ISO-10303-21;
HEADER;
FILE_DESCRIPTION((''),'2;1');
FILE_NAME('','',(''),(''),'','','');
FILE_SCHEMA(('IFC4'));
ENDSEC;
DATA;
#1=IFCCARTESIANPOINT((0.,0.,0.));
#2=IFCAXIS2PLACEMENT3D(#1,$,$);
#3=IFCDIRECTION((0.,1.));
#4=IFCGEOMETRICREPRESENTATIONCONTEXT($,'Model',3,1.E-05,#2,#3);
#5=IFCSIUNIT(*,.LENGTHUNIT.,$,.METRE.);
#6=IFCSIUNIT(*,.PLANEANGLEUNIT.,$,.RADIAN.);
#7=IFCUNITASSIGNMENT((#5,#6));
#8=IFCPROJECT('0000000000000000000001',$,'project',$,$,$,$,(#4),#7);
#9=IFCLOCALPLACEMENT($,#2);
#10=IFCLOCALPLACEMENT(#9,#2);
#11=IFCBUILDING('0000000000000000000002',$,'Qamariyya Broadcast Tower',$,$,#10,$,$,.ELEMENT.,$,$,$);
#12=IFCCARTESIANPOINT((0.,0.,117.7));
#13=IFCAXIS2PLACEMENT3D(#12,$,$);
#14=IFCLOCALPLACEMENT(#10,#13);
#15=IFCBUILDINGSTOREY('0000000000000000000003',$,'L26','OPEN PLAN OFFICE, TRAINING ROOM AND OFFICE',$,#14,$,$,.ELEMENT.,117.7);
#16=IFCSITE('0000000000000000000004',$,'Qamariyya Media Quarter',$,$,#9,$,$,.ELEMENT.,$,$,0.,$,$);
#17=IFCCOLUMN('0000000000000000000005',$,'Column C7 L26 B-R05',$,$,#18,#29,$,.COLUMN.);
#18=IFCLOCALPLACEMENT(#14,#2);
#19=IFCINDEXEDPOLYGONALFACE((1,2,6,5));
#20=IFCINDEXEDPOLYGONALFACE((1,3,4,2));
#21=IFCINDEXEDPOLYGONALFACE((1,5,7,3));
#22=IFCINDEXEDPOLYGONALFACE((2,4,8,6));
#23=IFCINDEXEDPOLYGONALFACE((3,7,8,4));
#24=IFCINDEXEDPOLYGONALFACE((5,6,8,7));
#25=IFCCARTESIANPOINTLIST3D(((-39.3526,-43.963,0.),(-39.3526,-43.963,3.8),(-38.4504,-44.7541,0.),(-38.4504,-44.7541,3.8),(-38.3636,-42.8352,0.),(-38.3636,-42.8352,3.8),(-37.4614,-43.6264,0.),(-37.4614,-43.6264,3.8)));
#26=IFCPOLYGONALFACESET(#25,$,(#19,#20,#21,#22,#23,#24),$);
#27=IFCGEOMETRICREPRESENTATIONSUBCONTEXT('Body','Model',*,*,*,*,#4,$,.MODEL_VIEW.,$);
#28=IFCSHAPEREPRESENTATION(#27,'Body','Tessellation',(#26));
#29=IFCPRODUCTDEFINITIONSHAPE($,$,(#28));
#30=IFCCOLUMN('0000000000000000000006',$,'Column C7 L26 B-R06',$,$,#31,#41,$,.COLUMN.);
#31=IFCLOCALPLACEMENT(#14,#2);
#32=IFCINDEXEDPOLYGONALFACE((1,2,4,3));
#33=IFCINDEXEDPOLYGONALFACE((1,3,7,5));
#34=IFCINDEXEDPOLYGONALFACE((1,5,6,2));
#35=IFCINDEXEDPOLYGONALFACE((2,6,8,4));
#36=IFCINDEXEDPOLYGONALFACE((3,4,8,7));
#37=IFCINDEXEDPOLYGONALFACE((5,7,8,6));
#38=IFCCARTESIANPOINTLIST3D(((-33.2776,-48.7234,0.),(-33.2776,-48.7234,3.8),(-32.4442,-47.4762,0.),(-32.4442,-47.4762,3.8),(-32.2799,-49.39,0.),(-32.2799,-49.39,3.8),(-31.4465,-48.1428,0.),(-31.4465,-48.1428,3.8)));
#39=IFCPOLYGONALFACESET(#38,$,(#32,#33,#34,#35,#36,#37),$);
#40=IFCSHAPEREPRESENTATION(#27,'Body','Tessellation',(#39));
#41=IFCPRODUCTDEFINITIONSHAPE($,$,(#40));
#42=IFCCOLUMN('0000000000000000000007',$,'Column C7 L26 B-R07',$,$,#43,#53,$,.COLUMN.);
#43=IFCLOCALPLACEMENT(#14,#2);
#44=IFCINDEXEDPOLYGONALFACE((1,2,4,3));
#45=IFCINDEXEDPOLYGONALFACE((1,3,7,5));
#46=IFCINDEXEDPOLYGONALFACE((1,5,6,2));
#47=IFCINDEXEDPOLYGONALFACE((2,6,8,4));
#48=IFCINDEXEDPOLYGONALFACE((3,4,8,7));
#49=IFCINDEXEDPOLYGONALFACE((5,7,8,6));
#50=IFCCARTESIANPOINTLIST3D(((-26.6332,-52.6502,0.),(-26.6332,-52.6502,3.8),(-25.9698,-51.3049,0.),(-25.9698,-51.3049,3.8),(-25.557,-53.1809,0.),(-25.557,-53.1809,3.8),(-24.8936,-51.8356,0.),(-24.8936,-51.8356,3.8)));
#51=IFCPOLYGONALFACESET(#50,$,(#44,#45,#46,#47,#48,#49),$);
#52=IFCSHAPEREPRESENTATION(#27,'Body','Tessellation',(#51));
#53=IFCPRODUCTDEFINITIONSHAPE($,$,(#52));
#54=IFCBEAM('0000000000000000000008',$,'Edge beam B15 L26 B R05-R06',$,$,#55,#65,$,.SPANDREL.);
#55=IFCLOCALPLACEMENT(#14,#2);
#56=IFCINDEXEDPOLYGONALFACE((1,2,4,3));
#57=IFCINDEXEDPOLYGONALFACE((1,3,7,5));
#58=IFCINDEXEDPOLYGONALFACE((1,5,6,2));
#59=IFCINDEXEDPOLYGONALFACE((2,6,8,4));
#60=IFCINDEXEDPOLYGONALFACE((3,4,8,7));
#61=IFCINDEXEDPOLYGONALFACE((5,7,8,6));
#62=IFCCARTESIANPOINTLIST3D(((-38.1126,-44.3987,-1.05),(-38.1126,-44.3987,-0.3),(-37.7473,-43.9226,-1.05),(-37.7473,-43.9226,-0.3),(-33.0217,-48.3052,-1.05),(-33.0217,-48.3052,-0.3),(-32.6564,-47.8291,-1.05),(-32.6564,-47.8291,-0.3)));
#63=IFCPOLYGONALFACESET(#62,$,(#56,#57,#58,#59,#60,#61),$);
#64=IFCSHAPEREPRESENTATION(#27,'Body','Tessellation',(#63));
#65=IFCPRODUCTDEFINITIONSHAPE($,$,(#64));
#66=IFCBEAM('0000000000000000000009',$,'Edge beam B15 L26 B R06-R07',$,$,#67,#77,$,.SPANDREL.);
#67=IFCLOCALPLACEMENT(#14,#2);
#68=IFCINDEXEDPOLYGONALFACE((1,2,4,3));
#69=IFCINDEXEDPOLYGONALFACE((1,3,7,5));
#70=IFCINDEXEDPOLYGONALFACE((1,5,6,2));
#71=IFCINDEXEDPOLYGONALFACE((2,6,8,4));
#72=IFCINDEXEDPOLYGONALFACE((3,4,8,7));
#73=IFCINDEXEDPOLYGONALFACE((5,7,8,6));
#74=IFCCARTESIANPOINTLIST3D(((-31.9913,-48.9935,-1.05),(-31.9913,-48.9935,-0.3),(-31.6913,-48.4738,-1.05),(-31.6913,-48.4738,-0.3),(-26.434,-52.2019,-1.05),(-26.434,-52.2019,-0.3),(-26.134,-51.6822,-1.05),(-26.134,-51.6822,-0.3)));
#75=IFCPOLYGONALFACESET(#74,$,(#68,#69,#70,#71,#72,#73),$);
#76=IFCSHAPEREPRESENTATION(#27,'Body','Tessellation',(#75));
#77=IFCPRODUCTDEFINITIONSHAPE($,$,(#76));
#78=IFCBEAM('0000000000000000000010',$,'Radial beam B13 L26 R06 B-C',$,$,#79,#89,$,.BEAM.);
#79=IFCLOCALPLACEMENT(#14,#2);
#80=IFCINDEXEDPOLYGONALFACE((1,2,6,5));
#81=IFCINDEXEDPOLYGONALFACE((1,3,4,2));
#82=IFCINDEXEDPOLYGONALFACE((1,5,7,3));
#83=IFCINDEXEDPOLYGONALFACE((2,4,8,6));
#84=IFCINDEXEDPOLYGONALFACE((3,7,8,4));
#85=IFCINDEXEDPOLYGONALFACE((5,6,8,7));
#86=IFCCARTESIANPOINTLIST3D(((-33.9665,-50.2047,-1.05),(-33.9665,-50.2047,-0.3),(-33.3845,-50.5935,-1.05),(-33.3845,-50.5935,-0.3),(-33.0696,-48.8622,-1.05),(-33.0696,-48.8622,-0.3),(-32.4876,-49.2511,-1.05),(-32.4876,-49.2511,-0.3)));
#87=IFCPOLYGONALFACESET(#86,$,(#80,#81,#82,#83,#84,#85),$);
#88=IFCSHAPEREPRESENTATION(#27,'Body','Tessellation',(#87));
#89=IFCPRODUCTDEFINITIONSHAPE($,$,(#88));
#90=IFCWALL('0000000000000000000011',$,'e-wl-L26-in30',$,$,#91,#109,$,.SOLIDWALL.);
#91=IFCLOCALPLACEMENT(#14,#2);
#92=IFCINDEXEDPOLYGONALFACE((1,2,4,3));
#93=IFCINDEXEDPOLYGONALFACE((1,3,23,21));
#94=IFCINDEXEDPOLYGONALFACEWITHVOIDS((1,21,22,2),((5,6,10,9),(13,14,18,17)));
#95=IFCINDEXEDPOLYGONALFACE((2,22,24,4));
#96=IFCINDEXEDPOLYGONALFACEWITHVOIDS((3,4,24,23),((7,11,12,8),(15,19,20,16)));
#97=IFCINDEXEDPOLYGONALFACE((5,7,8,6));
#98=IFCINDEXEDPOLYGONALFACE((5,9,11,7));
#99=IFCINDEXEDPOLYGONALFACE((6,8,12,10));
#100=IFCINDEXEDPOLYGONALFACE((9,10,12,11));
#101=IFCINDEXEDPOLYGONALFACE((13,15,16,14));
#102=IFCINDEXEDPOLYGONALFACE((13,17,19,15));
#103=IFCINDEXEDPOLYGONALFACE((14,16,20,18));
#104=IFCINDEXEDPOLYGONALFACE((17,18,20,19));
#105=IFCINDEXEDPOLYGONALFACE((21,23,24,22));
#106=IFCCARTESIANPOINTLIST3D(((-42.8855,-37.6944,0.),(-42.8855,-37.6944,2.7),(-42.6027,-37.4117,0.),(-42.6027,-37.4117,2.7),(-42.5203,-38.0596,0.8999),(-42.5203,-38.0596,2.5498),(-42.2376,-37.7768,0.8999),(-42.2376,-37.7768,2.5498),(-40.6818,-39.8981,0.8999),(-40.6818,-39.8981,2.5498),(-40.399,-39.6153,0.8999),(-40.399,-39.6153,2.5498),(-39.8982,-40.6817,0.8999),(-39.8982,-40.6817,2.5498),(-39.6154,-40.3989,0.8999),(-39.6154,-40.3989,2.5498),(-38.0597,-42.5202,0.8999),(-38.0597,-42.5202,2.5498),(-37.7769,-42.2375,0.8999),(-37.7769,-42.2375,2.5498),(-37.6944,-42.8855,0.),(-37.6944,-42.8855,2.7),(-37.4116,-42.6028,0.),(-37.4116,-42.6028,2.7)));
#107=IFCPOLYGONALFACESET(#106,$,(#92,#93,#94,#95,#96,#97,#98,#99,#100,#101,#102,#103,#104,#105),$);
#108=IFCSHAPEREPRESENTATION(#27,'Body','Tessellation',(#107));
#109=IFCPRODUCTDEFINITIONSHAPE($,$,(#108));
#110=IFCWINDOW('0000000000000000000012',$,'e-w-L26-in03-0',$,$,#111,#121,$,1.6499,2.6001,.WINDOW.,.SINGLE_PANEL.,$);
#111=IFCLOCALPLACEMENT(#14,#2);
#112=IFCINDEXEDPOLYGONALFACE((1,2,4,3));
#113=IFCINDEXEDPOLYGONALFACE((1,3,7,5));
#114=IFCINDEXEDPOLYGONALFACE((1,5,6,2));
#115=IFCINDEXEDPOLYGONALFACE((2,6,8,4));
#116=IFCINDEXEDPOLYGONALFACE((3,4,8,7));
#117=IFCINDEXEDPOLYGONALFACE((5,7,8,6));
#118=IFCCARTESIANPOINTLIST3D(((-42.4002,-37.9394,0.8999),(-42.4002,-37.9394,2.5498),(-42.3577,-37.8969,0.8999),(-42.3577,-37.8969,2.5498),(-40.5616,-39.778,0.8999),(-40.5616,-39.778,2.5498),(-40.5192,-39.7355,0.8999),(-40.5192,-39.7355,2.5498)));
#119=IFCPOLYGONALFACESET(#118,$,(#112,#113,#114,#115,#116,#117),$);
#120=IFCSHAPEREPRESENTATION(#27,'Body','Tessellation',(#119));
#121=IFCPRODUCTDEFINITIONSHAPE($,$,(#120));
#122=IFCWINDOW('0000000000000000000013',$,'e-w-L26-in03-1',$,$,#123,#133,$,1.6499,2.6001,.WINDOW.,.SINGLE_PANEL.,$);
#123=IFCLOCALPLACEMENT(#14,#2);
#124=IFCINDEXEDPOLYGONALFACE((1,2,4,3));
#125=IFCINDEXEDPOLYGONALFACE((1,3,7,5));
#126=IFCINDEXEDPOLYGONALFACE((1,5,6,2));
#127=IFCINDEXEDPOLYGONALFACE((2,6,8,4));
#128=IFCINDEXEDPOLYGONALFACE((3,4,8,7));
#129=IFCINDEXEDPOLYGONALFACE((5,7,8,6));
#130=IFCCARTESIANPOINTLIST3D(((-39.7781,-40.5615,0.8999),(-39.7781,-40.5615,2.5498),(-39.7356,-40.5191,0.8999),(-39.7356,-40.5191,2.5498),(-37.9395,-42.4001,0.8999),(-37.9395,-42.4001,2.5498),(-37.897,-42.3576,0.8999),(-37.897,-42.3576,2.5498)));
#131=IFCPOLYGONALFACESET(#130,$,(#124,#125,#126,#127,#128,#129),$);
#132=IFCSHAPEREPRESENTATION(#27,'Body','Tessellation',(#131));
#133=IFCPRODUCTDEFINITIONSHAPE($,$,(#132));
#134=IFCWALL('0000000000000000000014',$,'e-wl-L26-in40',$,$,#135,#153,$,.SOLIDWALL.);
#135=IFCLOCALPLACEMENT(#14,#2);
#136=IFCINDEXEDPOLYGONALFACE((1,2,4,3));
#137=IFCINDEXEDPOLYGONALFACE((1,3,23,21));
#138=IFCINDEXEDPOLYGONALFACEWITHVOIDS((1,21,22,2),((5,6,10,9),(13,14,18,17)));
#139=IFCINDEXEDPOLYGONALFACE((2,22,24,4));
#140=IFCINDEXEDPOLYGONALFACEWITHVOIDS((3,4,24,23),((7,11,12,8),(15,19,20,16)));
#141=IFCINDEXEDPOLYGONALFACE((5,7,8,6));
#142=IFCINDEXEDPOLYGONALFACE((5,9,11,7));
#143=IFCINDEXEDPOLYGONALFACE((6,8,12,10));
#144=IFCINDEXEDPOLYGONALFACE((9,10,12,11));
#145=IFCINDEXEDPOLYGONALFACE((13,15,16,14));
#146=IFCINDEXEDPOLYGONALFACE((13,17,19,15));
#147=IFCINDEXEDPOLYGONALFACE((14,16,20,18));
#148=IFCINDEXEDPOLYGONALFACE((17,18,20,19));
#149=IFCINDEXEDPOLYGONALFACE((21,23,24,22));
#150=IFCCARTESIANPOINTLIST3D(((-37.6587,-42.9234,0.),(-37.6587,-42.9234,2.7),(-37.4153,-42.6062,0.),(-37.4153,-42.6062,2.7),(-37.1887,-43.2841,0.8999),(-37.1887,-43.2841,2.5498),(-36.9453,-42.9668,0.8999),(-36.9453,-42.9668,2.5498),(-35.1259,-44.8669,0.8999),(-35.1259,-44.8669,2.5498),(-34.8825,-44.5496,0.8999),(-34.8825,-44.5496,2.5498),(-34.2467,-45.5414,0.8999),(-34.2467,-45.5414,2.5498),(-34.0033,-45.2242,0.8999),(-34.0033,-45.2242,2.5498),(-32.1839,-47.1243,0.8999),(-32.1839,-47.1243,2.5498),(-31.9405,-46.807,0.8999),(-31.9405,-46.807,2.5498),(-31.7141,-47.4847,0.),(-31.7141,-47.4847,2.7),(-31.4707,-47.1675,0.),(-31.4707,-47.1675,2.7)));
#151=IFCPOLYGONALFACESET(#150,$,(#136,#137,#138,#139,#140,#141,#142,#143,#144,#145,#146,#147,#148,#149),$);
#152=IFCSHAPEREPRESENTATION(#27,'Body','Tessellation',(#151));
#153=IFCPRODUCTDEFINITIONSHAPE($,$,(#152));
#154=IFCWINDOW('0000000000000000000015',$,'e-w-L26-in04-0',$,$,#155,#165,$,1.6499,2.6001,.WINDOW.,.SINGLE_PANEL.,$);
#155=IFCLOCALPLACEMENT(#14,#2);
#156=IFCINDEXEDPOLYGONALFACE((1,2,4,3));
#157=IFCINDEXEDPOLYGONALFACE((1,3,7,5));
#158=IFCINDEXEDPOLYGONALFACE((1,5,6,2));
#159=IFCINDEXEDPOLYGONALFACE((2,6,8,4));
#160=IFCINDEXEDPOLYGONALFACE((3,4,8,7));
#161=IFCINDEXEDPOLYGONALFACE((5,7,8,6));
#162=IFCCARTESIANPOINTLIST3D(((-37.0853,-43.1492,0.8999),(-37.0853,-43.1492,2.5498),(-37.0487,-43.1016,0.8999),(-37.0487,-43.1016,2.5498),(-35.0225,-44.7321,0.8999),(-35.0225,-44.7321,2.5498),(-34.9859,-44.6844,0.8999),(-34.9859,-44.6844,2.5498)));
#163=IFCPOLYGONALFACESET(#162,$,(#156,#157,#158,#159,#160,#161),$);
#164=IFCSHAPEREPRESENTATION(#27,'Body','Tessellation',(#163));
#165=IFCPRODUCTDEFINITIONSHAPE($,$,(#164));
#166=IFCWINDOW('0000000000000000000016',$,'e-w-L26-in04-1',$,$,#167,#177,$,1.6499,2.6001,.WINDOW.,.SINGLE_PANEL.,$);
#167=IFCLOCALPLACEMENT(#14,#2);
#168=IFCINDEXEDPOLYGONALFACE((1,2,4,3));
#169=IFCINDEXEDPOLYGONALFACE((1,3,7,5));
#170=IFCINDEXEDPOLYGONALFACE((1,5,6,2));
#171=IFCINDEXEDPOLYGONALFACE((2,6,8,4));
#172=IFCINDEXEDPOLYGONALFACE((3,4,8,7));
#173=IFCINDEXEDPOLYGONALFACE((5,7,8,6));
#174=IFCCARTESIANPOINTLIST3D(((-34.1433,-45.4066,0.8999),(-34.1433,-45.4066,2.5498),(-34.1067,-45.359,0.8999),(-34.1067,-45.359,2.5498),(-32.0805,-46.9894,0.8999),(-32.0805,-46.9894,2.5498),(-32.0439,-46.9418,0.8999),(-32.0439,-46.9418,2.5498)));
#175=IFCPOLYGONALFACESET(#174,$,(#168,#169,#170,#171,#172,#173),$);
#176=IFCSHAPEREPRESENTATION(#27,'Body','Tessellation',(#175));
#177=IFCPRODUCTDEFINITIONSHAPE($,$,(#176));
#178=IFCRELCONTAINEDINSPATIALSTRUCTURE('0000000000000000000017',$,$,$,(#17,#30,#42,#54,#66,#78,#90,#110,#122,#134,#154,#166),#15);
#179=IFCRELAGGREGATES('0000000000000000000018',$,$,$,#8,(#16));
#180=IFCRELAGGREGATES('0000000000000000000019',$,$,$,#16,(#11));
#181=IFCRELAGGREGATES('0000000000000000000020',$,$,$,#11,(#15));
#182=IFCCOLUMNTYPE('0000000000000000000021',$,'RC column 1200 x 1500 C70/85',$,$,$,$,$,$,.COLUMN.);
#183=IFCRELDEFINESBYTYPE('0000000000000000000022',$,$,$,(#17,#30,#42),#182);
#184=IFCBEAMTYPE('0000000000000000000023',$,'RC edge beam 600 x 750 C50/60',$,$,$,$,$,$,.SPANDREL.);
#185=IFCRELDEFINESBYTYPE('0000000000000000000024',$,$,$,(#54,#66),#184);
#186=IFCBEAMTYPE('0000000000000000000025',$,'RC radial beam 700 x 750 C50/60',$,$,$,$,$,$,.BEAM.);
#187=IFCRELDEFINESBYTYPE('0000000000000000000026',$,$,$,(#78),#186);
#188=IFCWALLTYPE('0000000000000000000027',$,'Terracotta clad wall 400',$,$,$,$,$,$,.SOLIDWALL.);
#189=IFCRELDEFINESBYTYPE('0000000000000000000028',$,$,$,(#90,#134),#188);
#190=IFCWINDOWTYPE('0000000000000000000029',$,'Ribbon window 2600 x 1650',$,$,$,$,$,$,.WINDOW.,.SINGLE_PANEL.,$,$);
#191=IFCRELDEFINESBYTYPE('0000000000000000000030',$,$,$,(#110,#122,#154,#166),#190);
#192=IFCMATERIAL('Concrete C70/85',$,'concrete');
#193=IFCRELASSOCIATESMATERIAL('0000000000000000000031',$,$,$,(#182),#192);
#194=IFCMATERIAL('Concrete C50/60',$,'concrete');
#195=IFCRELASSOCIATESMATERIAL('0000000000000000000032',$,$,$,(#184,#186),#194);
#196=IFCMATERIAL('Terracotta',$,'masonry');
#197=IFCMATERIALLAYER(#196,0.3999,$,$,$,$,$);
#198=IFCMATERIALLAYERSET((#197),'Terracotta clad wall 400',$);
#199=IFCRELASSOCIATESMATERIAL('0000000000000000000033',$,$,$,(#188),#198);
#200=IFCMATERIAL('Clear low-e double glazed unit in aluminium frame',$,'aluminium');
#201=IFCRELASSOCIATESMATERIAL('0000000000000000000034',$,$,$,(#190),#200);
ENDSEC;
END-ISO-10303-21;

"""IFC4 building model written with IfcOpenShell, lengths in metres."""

from ifc_helpers import new_model, si_unit, direction, frame, frame_2d, origin, origin_2d, place, context, subcontext, project, spatial, rectangle, extrude, material, layer, layer_set, material_profile, profile_set, type_object, element, fill, save


model = new_model("IFC4")

# Units and contexts
model_context = context("Model", 3, precision=1e-05, world=origin(), true_north=direction((0.0, 1.0)))
body_context = subcontext(model_context, "Body", "Model", "MODEL_VIEW")
ifc_project = project(units=[si_unit("LENGTHUNIT", "METRE"), si_unit("PLANEANGLEUNIT", "RADIAN")], contexts=[model_context])

# Site, building, storey
site_placement = place(None, origin())
site = spatial("IfcSite", under=ifc_project, at=site_placement, Name="Qamariyya Media Quarter", CompositionType="ELEMENT", RefElevation=0.0)
building_placement = place(site_placement, origin())
building = spatial("IfcBuilding", under=site, at=building_placement, Name="Qamariyya Broadcast Tower", CompositionType="ELEMENT")
storey_placement = place(building_placement, frame((0.0, 0.0, 117.7)))
storey = spatial("IfcBuildingStorey", under=building, at=storey_placement, Name="L26", Description="OPEN PLAN OFFICE, TRAINING ROOM AND OFFICE", CompositionType="ELEMENT", Elevation=117.7)

# Columns
ifc_material_1 = material(Name="Concrete C70/85", Category="concrete")
ifc_material_profile_1 = material_profile(ifc_material_1, rectangle(XDim=1.2, YDim=1.5, at=origin_2d()))
ifc_profile_set_1 = profile_set([ifc_material_profile_1], Name="Concrete C70/85")
column_type = type_object("IfcColumnType", Name="RC column 1200 x 1500 C70/85", PredefinedType="COLUMN", material=ifc_profile_set_1)
for number, where, z_axis, x_axis, name in (
    (1, (-38.407, -43.7947, 0.0), (0.0, 0.0, 1.0), (0.75184, -0.659346, 0.0), "Column C7 L26 B-R05"),
    (2, (-32.3621, -48.4331, 0.0), (0.0, 0.0, 1.0), (0.83147, -0.55557, 0.0), "Column C7 L26 B-R06"),
    (3, (-25.7634, -52.2429, 0.0), (0.0, 0.0, 1.0), (0.896873, -0.442289, 0.0), "Column C7 L26 B-R07"),
):
    element("IfcColumn", number, at=place(storey_placement, frame(where, z_axis=z_axis, x_axis=x_axis)), inside=storey, type_object=column_type, Name=name, PredefinedType="COLUMN", context=body_context, shape_type="SweptSolid", body=[
        extrude(rectangle(XDim=1.2, YDim=1.5, at=origin_2d()), origin(), (0.0, 0.0, 1.0), 3.8),
    ])

# Beams
ifc_material_2 = material(Name="Concrete C50/60", Category="concrete")
ifc_material_profile_2 = material_profile(ifc_material_2, rectangle(XDim=0.6001, YDim=0.75, at=origin_2d()))
ifc_profile_set_2 = profile_set([ifc_material_profile_2], Name="Concrete C50/60")
beam_type_1 = type_object("IfcBeamType", Name="RC edge beam 600 x 750 C50/60", PredefinedType="SPANDREL", material=ifc_profile_set_2)
for number, where, z_axis, x_axis, name in (
    (4, (-37.9299, -44.1606, -0.675), (0.793341, -0.608778, 0.0), (0.608778, 0.793341, 0.0), "Edge beam B15 L26 B R05-R06"),
    (5, (-31.8413, -48.7336, -0.675), (0.866029, -0.499994, 0.0), (0.499994, 0.866029, 0.0), "Edge beam B15 L26 B R06-R07"),
):
    element("IfcBeam", number, at=place(storey_placement, frame(where, z_axis=z_axis, x_axis=x_axis)), inside=storey, type_object=beam_type_1, Name=name, PredefinedType="SPANDREL", context=body_context, shape_type="SweptSolid", body=[
        extrude(rectangle(XDim=0.6001, YDim=0.75, at=origin_2d()), origin(), (0.0, 0.0, 1.0), 6.417),
    ])
ifc_material_profile_3 = material_profile(ifc_material_2, rectangle(XDim=0.7, YDim=0.75, at=origin_2d()))
ifc_profile_set_3 = profile_set([ifc_material_profile_3], Name="Concrete C50/60")
beam_type_2 = type_object("IfcBeamType", Name="RC radial beam 700 x 750 C50/60", PredefinedType="BEAM", material=ifc_profile_set_3)
beam_placement = place(storey_placement, frame((-32.7786, -49.0566, -0.675), z_axis=(-0.555537, -0.831492, 0.0), x_axis=(0.831492, -0.555537, 0.0)))
element("IfcBeam", 6, at=beam_placement, inside=storey, type_object=beam_type_2, Name="Radial beam B13 L26 R06 B-C", PredefinedType="BEAM", context=body_context, shape_type="SweptSolid", body=[
    extrude(rectangle(XDim=0.7, YDim=0.75, at=origin_2d()), origin(), (0.0, 0.0, 1.0), 1.6145),
])

# Walls, openings, windows
ifc_material_3 = material(Name="Terracotta", Category="masonry")
ifc_layer = layer(ifc_material_3, 0.3999)
ifc_layer_set = layer_set([ifc_layer], Name="Terracotta clad wall 400")
wall_type = type_object("IfcWallType", Name="Terracotta clad wall 400", PredefinedType="SOLIDWALL", material=ifc_layer_set)
wall_1_placement = place(storey_placement, frame((-37.553, -42.7441, 0.0), z_axis=(0.0, 0.0, 1.0), x_axis=(-0.707107, 0.707107, 0.0)))
wall_1 = element("IfcWall", 7, at=wall_1_placement, inside=storey, type_object=wall_type, Name="e-wl-L26-in30", PredefinedType="SOLIDWALL", context=body_context, shape_type="SweptSolid", body=[
    extrude(rectangle(XDim=7.3413, YDim=0.3999, at=frame_2d((3.6707, 0.0))), origin(), (0.0, 0.0, 1.0), 2.7),
])
opening_1_placement = place(wall_1_placement, frame((4.2249, 0.0, 0.8999)))
opening_1 = element("IfcOpeningElement", 8, at=opening_1_placement, cuts=wall_1, PredefinedType="OPENING", context=body_context, shape_type="SweptSolid", body=[
    extrude(rectangle(XDim=2.6001, YDim=1.6499, at=frame_2d((1.3, 0.825))), frame((0.0, 0.21, 0.0), z_axis=(0.0, -1.0, 0.0), x_axis=(1.0, 0.0, 0.0)), (0.0, 0.0, 1.0), 0.4199),
])
opening_2_placement = place(wall_1_placement, frame((0.5166, 0.0, 0.8999)))
opening_2 = element("IfcOpeningElement", 9, at=opening_2_placement, cuts=wall_1, PredefinedType="OPENING", context=body_context, shape_type="SweptSolid", body=[
    extrude(rectangle(XDim=2.6001, YDim=1.6499, at=frame_2d((1.3, 0.825))), frame((0.0, 0.21, 0.0), z_axis=(0.0, -1.0, 0.0), x_axis=(1.0, 0.0, 0.0)), (0.0, 0.0, 1.0), 0.4199),
])
ifc_material_4 = material(Name="Clear low-e double glazed unit in aluminium frame", Category="aluminium")
window_type = type_object("IfcWindowType", Name="Ribbon window 2600 x 1650", PartitioningType="SINGLE_PANEL", PredefinedType="WINDOW", material=ifc_material_4)
window_1_placement = place(opening_1_placement, origin())
window_1 = element("IfcWindow", 10, at=window_1_placement, inside=storey, type_object=window_type, Name="e-w-L26-in03-0", OverallHeight=1.6499, OverallWidth=2.6001, PartitioningType="SINGLE_PANEL", PredefinedType="WINDOW", context=body_context, shape_type="SweptSolid", body=[
    extrude(rectangle(XDim=2.6001, YDim=1.6499, at=frame_2d((1.3, 0.825))), frame((0.0, 0.03, 0.0), z_axis=(0.0, -1.0, 0.0), x_axis=(1.0, 0.0, 0.0)), (0.0, 0.0, 1.0), 0.0601),
])
fill(opening_1, window_1)
window_2_placement = place(opening_2_placement, origin())
window_2 = element("IfcWindow", 11, at=window_2_placement, inside=storey, type_object=window_type, Name="e-w-L26-in03-1", OverallHeight=1.6499, OverallWidth=2.6001, PartitioningType="SINGLE_PANEL", PredefinedType="WINDOW", context=body_context, shape_type="SweptSolid", body=[
    extrude(rectangle(XDim=2.6001, YDim=1.6499, at=frame_2d((1.3, 0.825))), frame((0.0, 0.03, 0.0), z_axis=(0.0, -1.0, 0.0), x_axis=(1.0, 0.0, 0.0)), (0.0, 0.0, 1.0), 0.0601),
])
fill(opening_2, window_2)
wall_2_placement = place(storey_placement, frame((-31.5923, -47.3262, 0.0), z_axis=(0.0, 0.0, 1.0), x_axis=(-0.793363, 0.608748, 0.0)))
wall_2 = element("IfcWall", 12, at=wall_2_placement, inside=storey, type_object=wall_type, Name="e-wl-L26-in40", PredefinedType="SOLIDWALL", context=body_context, shape_type="SweptSolid", body=[
    extrude(rectangle(XDim=7.4929, YDim=0.3999, at=frame_2d((3.7466, 0.0))), origin(), (0.0, 0.0, 1.0), 2.7),
])
opening_3_placement = place(wall_2_placement, frame((4.3005, 0.0, 0.8999)))
opening_3 = element("IfcOpeningElement", 13, at=opening_3_placement, cuts=wall_2, PredefinedType="OPENING", context=body_context, shape_type="SweptSolid", body=[
    extrude(rectangle(XDim=2.6001, YDim=1.6499, at=frame_2d((1.3, 0.825))), frame((0.0, 0.21, 0.0), z_axis=(0.0, -1.0, 0.0), x_axis=(1.0, 0.0, 0.0)), (0.0, 0.0, 1.0), 0.4199),
])
opening_4_placement = place(wall_2_placement, frame((0.5923, 0.0, 0.8999)))
opening_4 = element("IfcOpeningElement", 14, at=opening_4_placement, cuts=wall_2, PredefinedType="OPENING", context=body_context, shape_type="SweptSolid", body=[
    extrude(rectangle(XDim=2.6001, YDim=1.6499, at=frame_2d((1.3, 0.825))), frame((0.0, 0.21, 0.0), z_axis=(0.0, -1.0, 0.0), x_axis=(1.0, 0.0, 0.0)), (0.0, 0.0, 1.0), 0.4199),
])
window_3_placement = place(opening_3_placement, origin())
window_3 = element("IfcWindow", 15, at=window_3_placement, inside=storey, type_object=window_type, Name="e-w-L26-in04-0", OverallHeight=1.6499, OverallWidth=2.6001, PartitioningType="SINGLE_PANEL", PredefinedType="WINDOW", context=body_context, shape_type="SweptSolid", body=[
    extrude(rectangle(XDim=2.6001, YDim=1.6499, at=frame_2d((1.3, 0.825))), frame((0.0, 0.03, 0.0), z_axis=(0.0, -1.0, 0.0), x_axis=(1.0, 0.0, 0.0)), (0.0, 0.0, 1.0), 0.0601),
])
fill(opening_3, window_3)
window_4_placement = place(opening_4_placement, origin())
window_4 = element("IfcWindow", 16, at=window_4_placement, inside=storey, type_object=window_type, Name="e-w-L26-in04-1", OverallHeight=1.6499, OverallWidth=2.6001, PartitioningType="SINGLE_PANEL", PredefinedType="WINDOW", context=body_context, shape_type="SweptSolid", body=[
    extrude(rectangle(XDim=2.6001, YDim=1.6499, at=frame_2d((1.3, 0.825))), frame((0.0, 0.03, 0.0), z_axis=(0.0, -1.0, 0.0), x_axis=(1.0, 0.0, 0.0)), (0.0, 0.0, 1.0), 0.0601),
])
fill(opening_4, window_4)

save(model, "model.ifc")
